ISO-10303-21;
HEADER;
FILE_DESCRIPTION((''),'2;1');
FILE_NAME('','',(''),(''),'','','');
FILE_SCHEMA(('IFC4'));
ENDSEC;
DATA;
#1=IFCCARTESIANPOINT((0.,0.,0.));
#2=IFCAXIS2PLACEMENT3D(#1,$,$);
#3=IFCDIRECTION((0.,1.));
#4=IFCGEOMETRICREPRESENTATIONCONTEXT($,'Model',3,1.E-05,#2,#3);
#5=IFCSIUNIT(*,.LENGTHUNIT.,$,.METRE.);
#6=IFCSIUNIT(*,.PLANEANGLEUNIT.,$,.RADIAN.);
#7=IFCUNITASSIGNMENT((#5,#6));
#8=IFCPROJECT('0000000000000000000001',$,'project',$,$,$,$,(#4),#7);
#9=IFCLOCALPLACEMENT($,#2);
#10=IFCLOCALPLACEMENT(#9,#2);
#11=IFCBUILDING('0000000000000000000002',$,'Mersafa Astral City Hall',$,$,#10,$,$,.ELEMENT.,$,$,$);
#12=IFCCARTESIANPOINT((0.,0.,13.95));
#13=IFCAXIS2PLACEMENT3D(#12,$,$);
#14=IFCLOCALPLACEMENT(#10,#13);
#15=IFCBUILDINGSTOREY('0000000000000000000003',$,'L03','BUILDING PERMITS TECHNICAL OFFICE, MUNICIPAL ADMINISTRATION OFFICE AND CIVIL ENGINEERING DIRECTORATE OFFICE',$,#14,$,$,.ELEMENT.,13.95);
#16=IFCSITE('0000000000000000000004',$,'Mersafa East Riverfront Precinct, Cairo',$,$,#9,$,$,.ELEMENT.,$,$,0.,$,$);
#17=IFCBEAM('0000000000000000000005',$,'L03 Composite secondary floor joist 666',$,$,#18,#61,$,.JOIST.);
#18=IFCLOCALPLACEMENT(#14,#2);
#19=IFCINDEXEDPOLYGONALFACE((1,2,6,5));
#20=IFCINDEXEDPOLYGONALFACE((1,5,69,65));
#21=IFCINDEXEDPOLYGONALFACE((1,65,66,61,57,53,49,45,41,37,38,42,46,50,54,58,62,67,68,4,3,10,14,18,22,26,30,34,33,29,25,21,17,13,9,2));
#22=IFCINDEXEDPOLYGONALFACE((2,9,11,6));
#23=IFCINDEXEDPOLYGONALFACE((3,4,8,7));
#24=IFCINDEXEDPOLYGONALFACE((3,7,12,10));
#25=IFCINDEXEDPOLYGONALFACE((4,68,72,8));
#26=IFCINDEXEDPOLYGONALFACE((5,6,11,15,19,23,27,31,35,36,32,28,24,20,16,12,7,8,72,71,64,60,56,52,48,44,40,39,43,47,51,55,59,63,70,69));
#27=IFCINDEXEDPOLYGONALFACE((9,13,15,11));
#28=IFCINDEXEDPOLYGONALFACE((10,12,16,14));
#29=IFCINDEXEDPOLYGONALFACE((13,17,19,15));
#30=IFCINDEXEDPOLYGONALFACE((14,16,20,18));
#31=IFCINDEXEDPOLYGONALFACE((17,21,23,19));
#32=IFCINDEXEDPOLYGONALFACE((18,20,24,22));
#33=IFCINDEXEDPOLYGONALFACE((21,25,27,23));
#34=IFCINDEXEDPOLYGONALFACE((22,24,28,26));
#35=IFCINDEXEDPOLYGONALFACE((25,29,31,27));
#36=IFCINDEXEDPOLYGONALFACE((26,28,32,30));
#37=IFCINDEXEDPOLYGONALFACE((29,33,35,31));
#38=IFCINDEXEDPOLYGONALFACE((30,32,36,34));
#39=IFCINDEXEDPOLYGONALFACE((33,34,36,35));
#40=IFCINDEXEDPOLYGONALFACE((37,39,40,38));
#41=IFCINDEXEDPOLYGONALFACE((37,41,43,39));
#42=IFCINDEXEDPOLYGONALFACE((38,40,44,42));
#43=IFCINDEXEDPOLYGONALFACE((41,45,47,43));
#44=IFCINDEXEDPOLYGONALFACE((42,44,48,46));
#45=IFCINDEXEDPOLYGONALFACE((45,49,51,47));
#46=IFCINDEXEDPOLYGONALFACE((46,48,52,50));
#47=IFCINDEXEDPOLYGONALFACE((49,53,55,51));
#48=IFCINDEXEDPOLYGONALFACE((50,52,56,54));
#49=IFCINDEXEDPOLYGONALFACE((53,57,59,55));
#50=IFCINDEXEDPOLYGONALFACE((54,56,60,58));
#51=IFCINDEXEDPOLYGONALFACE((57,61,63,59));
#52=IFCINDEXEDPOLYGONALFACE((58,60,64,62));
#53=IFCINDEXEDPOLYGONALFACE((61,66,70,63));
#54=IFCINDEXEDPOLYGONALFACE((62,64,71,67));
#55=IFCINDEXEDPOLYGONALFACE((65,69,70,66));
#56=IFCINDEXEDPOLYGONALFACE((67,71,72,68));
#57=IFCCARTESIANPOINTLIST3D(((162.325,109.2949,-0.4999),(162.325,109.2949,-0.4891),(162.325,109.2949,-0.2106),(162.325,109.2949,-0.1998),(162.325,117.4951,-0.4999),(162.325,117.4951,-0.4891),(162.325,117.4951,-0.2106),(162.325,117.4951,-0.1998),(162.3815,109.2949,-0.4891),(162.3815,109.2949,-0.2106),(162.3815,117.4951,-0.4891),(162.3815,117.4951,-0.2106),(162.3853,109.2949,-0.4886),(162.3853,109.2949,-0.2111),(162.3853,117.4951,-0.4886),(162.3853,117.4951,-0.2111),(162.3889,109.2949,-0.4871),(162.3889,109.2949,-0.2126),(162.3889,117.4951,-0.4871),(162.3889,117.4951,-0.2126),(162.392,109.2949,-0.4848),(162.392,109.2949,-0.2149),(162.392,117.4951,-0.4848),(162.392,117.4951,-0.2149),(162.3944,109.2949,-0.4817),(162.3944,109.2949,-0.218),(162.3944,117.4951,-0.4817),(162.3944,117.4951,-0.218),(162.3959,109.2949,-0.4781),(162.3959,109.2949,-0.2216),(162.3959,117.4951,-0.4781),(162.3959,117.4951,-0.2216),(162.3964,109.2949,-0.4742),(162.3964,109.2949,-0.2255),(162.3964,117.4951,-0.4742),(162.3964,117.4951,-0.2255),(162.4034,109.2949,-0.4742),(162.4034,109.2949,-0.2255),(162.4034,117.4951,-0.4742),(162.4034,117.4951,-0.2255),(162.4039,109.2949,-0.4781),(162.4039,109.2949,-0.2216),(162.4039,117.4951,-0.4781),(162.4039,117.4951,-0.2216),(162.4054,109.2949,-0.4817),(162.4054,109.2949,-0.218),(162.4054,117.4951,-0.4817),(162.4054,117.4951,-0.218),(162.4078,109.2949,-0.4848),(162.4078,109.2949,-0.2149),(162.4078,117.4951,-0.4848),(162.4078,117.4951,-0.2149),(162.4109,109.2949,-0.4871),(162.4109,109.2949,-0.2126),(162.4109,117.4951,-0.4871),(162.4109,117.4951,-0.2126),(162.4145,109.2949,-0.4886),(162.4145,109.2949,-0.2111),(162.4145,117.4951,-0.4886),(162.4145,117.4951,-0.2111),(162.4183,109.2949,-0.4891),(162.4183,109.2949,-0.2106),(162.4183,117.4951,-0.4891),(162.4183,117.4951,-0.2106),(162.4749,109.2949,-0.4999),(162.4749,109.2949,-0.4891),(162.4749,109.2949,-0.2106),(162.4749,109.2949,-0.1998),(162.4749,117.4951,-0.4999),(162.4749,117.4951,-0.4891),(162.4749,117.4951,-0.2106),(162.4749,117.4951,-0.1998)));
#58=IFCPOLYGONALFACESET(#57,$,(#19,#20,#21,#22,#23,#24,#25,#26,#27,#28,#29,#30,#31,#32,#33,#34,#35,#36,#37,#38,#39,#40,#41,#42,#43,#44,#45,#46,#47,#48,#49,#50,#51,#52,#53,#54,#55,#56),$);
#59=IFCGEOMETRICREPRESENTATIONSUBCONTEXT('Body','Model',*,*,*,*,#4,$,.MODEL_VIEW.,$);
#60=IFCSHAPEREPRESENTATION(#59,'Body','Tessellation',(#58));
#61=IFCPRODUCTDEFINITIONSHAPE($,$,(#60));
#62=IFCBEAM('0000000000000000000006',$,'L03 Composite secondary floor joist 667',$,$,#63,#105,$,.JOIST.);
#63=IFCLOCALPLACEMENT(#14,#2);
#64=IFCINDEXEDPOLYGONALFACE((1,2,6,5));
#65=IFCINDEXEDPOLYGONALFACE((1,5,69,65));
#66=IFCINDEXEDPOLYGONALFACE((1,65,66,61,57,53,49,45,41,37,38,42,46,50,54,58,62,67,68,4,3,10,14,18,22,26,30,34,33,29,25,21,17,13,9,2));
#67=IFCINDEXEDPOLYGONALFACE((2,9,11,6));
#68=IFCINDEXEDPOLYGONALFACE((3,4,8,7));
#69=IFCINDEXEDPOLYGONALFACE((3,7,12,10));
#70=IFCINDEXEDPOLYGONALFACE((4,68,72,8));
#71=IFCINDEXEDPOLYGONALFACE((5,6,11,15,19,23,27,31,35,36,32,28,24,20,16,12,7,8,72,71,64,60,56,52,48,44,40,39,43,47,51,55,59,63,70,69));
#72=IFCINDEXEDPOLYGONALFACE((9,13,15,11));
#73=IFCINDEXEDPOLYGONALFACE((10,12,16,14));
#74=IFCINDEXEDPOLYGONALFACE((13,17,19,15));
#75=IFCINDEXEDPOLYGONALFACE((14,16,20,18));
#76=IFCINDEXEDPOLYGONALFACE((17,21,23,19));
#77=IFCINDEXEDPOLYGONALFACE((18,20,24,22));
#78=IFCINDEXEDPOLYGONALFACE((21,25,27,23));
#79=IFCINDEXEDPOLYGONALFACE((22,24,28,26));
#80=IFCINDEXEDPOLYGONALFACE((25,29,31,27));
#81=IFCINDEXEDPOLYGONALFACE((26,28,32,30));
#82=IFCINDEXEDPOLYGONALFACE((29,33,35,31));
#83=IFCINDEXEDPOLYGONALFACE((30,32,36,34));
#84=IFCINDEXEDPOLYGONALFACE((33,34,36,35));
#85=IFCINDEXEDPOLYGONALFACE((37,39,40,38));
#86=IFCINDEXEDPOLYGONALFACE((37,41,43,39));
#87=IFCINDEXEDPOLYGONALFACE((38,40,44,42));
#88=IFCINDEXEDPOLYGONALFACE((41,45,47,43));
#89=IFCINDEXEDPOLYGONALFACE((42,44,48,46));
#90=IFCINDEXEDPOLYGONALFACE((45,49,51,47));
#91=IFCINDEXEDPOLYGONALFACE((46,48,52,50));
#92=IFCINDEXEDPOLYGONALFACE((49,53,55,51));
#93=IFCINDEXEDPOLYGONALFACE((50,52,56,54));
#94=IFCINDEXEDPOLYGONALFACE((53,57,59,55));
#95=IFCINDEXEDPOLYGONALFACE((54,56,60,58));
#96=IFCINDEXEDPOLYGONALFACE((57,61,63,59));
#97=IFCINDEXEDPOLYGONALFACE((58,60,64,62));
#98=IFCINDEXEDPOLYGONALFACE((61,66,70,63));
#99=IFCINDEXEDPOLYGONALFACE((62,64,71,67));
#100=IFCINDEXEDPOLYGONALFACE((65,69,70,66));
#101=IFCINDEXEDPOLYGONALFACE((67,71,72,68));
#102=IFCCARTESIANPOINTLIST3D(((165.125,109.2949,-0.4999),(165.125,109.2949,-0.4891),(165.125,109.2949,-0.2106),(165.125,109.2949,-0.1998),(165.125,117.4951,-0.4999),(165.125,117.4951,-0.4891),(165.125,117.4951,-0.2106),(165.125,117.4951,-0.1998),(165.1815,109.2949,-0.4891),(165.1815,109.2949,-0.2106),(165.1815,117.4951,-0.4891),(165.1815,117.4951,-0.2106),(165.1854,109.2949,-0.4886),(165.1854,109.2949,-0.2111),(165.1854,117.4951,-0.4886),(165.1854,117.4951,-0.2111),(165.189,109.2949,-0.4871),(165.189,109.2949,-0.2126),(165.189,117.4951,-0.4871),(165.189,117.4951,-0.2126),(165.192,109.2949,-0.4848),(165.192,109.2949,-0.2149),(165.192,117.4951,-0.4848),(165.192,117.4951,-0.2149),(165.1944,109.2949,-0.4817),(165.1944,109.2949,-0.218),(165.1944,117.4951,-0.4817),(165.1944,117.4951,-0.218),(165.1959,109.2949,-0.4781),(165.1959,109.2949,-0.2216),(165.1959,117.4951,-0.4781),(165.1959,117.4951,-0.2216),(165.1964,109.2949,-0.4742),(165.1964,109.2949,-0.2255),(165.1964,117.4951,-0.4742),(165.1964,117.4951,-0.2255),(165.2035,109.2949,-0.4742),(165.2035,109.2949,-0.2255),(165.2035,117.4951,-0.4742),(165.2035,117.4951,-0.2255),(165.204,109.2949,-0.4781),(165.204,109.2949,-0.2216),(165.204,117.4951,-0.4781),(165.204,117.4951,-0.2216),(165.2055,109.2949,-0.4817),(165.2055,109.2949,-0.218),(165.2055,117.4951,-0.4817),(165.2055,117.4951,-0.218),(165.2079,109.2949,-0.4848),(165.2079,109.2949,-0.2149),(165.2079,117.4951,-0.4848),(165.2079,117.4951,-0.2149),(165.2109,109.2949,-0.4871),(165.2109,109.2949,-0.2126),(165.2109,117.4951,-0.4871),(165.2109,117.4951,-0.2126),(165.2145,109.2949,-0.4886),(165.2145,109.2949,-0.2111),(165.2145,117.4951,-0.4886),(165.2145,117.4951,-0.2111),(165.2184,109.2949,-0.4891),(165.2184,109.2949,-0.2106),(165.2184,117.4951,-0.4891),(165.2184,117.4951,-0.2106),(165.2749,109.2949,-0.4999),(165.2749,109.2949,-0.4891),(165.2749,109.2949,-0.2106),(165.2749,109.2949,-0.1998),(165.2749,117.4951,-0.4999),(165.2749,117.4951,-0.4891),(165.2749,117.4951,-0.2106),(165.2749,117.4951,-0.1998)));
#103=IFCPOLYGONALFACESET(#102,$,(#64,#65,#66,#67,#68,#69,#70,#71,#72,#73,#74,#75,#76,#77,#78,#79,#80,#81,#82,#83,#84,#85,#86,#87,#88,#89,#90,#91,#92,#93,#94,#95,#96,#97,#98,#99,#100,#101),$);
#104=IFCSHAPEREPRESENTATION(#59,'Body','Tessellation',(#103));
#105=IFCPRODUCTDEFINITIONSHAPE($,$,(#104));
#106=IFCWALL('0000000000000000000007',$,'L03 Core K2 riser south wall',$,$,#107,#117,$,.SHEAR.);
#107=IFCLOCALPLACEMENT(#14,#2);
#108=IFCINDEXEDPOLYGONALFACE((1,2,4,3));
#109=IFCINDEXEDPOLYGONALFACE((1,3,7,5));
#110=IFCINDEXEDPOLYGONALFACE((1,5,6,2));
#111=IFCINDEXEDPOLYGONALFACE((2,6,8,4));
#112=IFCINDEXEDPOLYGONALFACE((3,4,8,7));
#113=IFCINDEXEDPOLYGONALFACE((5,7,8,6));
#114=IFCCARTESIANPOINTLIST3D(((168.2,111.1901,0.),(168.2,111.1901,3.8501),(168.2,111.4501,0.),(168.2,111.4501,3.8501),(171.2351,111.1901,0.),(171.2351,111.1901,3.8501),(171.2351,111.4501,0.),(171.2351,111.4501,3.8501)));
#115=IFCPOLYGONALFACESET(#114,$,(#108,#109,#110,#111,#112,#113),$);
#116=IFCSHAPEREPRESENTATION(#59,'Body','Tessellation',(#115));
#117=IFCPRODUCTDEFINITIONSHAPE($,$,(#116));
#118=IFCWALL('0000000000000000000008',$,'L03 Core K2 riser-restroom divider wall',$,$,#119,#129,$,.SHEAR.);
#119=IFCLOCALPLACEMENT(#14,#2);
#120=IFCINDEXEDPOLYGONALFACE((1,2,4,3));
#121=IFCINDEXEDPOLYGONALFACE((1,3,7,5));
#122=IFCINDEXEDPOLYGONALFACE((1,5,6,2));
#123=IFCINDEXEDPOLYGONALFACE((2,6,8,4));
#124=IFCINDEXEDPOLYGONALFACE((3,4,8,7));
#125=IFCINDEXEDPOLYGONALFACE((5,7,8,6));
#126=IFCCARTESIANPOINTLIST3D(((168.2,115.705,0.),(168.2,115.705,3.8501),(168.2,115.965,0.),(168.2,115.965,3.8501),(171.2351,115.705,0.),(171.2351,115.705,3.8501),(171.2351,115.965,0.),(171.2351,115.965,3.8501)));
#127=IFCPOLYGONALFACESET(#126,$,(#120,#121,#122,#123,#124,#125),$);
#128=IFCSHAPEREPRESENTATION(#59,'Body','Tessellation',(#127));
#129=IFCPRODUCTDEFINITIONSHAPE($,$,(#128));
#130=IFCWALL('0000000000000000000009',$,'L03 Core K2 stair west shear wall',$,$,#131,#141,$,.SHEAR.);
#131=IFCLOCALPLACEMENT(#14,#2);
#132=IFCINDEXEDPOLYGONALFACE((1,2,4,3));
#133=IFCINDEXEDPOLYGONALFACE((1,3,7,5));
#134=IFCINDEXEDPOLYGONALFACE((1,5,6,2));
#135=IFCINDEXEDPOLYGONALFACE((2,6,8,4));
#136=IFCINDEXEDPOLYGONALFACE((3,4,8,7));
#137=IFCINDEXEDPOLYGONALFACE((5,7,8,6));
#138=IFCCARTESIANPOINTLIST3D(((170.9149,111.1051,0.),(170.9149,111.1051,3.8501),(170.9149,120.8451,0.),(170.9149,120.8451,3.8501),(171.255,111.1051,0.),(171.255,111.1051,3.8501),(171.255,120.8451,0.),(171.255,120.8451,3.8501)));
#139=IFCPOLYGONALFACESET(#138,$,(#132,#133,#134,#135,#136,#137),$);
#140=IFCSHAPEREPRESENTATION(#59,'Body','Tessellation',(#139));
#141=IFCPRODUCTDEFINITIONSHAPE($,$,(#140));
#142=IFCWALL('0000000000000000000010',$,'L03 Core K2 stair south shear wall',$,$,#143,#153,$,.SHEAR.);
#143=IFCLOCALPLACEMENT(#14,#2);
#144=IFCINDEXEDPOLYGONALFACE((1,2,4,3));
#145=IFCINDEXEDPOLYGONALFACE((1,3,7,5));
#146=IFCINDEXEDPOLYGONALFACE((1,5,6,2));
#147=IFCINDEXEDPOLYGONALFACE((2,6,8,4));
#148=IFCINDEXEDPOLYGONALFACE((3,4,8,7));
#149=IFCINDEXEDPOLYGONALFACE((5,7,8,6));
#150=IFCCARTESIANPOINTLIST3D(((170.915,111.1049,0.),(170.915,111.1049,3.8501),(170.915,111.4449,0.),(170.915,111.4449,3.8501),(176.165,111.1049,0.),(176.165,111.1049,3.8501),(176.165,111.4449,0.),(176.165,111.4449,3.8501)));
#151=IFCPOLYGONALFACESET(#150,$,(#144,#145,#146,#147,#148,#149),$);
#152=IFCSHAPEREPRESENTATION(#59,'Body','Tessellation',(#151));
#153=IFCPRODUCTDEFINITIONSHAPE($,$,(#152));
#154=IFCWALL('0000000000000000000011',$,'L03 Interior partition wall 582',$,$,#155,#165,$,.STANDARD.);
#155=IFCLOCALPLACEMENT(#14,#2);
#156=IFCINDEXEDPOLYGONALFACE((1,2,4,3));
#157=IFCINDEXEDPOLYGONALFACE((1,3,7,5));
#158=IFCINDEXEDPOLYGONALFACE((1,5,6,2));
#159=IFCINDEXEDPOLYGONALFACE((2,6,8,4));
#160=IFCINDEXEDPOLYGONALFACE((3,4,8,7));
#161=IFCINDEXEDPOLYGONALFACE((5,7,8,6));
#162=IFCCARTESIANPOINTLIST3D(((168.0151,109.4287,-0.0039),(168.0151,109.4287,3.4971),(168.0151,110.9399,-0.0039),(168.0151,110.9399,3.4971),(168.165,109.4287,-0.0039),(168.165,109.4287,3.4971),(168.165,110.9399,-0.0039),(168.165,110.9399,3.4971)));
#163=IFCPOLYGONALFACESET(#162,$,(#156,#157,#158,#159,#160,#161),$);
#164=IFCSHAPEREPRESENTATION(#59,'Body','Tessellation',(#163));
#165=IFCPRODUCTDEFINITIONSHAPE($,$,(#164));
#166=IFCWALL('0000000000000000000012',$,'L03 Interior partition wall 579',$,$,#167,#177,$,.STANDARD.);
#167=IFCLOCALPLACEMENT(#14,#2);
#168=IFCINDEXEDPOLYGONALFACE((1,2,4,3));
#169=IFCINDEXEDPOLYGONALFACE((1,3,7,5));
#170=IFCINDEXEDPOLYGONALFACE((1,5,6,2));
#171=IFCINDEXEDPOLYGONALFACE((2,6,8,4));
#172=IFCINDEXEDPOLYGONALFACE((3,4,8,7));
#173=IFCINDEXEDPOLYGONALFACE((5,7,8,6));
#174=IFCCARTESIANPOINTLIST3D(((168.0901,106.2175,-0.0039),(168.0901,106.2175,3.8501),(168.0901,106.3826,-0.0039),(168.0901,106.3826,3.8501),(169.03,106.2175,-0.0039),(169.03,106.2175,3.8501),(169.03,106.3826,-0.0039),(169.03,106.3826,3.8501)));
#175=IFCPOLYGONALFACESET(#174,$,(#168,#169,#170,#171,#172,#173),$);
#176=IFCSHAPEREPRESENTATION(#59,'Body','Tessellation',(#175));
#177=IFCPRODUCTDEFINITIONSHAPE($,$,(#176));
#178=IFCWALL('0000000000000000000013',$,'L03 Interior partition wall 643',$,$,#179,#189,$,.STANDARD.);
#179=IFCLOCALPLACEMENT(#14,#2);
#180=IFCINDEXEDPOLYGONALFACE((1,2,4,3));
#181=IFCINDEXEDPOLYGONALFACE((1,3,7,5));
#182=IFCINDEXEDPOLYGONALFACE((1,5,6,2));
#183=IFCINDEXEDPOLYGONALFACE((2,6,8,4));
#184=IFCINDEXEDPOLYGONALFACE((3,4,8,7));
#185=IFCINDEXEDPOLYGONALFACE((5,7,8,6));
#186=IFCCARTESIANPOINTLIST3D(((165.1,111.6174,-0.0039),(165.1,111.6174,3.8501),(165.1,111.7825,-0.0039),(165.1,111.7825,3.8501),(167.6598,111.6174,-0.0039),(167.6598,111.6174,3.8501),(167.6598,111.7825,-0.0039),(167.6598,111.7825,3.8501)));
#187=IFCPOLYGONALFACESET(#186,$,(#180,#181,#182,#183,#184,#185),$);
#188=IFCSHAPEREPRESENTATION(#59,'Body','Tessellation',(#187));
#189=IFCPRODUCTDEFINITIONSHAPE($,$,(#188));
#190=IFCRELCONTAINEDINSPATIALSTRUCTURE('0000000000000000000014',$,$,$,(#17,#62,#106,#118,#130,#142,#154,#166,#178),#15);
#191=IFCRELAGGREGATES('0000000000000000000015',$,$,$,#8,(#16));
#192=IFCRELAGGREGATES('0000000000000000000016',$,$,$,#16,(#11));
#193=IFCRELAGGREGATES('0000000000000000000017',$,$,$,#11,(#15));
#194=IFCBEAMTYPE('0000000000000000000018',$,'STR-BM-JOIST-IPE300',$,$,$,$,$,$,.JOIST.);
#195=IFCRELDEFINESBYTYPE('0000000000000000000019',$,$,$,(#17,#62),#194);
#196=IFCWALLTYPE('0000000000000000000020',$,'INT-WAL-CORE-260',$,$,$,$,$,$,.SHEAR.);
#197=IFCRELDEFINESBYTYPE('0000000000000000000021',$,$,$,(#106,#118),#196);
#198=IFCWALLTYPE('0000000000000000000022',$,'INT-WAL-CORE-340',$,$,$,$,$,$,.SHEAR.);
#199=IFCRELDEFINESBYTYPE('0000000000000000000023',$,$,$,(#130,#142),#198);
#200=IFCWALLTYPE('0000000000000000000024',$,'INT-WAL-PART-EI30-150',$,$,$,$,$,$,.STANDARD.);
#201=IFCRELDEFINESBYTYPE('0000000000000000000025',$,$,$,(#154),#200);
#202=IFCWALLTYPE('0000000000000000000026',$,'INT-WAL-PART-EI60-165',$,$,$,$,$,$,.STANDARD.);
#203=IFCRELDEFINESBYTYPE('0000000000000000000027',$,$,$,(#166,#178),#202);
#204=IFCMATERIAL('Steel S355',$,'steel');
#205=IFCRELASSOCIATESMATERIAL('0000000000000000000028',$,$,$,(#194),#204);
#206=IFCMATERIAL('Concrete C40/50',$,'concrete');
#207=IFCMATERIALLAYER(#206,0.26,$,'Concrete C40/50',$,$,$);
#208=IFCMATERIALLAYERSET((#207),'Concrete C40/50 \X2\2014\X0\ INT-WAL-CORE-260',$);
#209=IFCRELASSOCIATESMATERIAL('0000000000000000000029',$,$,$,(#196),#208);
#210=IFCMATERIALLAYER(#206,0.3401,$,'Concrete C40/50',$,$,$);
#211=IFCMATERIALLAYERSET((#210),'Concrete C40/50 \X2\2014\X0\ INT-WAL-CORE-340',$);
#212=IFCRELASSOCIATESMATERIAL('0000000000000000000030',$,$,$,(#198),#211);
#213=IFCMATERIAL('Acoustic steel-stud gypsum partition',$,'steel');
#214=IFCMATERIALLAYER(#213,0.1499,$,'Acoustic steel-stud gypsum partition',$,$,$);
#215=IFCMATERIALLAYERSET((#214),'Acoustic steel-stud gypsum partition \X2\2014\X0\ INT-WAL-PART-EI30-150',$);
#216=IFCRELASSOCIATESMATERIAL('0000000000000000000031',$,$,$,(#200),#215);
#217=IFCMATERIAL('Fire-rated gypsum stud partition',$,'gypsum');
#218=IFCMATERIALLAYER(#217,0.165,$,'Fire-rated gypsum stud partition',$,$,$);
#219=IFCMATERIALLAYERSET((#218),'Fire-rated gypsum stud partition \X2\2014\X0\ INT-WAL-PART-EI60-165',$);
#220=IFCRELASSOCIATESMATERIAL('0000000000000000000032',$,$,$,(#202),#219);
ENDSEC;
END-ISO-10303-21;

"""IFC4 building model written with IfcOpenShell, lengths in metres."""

from ifc_helpers import new_model, si_unit, direction, frame, frame_2d, origin, origin_2d, place, context, subcontext, project, spatial, rectangle, i_section, extrude, material, layer, layer_set, material_profile, profile_set, type_object, element, save


model = new_model("IFC4")

# Units and contexts
model_context = context("Model", 3, precision=1e-05, world=origin(), true_north=direction((0.0, 1.0)))
body_context = subcontext(model_context, "Body", "Model", "MODEL_VIEW")
ifc_project = project(units=[si_unit("LENGTHUNIT", "METRE"), si_unit("PLANEANGLEUNIT", "RADIAN")], contexts=[model_context])

# Site, building, storey
site_placement = place(None, origin())
site = spatial("IfcSite", under=ifc_project, at=site_placement, Name="Mersafa East Riverfront Precinct, Cairo", CompositionType="ELEMENT", RefElevation=0.0)
building_placement = place(site_placement, origin())
building = spatial("IfcBuilding", under=site, at=building_placement, Name="Mersafa Astral City Hall", CompositionType="ELEMENT")
storey_placement = place(building_placement, frame((0.0, 0.0, 13.95)))
storey = spatial("IfcBuildingStorey", under=building, at=storey_placement, Name="L03", Description="BUILDING PERMITS TECHNICAL OFFICE, MUNICIPAL ADMINISTRATION OFFICE AND CIVIL ENGINEERING DIRECTORATE OFFICE", CompositionType="ELEMENT", Elevation=13.95)

# Shared definitions
ifc_material_1 = material(Name="Steel S355", Category="steel")

# Beams
ifc_material_profile_1 = material_profile(ifc_material_1, i_section(OverallWidth=0.1499, OverallDepth=0.3, WebThickness=0.0071, FlangeThickness=0.0107, FilletRadius=0.0149, at=origin_2d()), Name="IPE 300")
ifc_profile_set_1 = profile_set([ifc_material_profile_1], Name="Steel S355")
beam_type_1 = type_object("IfcBeamType", Name="STR-BM-JOIST-IPE300", PredefinedType="JOIST", material=ifc_profile_set_1)
for number, where, z_axis, x_axis, name in (
    (1, (162.3999, 109.2949, -0.3499), (0.0, 1.0, 0.0), (-1.0, 0.0, 0.0), "L03 Composite secondary floor joist 666"),
    (2, (165.2, 109.2949, -0.3499), (0.0, 1.0, 0.0), (-1.0, 0.0, 0.0), "L03 Composite secondary floor joist 667"),
):
    element("IfcBeam", number, at=place(storey_placement, frame(where, z_axis=z_axis, x_axis=x_axis)), inside=storey, type_object=beam_type_1, Name=name, PredefinedType="JOIST", context=body_context, shape_type="SweptSolid", body=[
        extrude(i_section(OverallWidth=0.1499, OverallDepth=0.3, WebThickness=0.0071, FlangeThickness=0.0107, FilletRadius=0.0149, at=origin_2d()), origin(), (0.0, 0.0, 1.0), 8.2002),
    ])

# Walls
ifc_material_2 = material(Name="Concrete C40/50", Category="concrete")
ifc_layer_1 = layer(ifc_material_2, 0.26, Name="Concrete C40/50")
ifc_layer_set_1 = layer_set([ifc_layer_1], Name="Concrete C40/50 — INT-WAL-CORE-260")
wall_type_1 = type_object("IfcWallType", Name="INT-WAL-CORE-260", PredefinedType="SHEAR", material=ifc_layer_set_1)
for number, where, z_axis, x_axis, name in (
    (3, (168.2, 111.3201, 0.0), (0.0, 0.0, 1.0), (1.0, 0.0, 0.0), "L03 Core K2 riser south wall"),
    (4, (168.2, 115.835, 0.0), (0.0, 0.0, 1.0), (1.0, 0.0, 0.0), "L03 Core K2 riser-restroom divider wall"),
):
    element("IfcWall", number, at=place(storey_placement, frame(where, z_axis=z_axis, x_axis=x_axis)), inside=storey, type_object=wall_type_1, Name=name, PredefinedType="SHEAR", context=body_context, shape_type="SweptSolid", body=[
        extrude(rectangle(XDim=3.0352, YDim=0.26, at=frame_2d((1.5176, 0.0))), origin(), (0.0, 0.0, 1.0), 3.8501),
    ])
ifc_layer_2 = layer(ifc_material_2, 0.3401, Name="Concrete C40/50")
ifc_layer_set_2 = layer_set([ifc_layer_2], Name="Concrete C40/50 — INT-WAL-CORE-340")
wall_type_2 = type_object("IfcWallType", Name="INT-WAL-CORE-340", PredefinedType="SHEAR", material=ifc_layer_set_2)
wall_1_placement = place(storey_placement, frame((171.085, 111.105, 0.0), z_axis=(0.0, 0.0, 1.0), x_axis=(0.0, 1.0, 0.0)))
element("IfcWall", 5, at=wall_1_placement, inside=storey, type_object=wall_type_2, Name="L03 Core K2 stair west shear wall", PredefinedType="SHEAR", context=body_context, shape_type="SweptSolid", body=[
    extrude(rectangle(XDim=9.74, YDim=0.3401, at=frame_2d((4.8701, 0.0))), origin(), (0.0, 0.0, 1.0), 3.8501),
])
wall_2_placement = place(storey_placement, frame((170.915, 111.2749, 0.0), z_axis=(0.0, 0.0, 1.0), x_axis=(1.0, 0.0, 0.0)))
element("IfcWall", 6, at=wall_2_placement, inside=storey, type_object=wall_type_2, Name="L03 Core K2 stair south shear wall", PredefinedType="SHEAR", context=body_context, shape_type="SweptSolid", body=[
    extrude(rectangle(XDim=5.25, YDim=0.3401, at=frame_2d((2.625, 0.0))), origin(), (0.0, 0.0, 1.0), 3.8501),
])
ifc_material_3 = material(Name="Acoustic steel-stud gypsum partition", Category="steel")
ifc_layer_3 = layer(ifc_material_3, 0.1499, Name="Acoustic steel-stud gypsum partition")
ifc_layer_set_3 = layer_set([ifc_layer_3], Name="Acoustic steel-stud gypsum partition — INT-WAL-PART-EI30-150")
wall_type_3 = type_object("IfcWallType", Name="INT-WAL-PART-EI30-150", PredefinedType="STANDARD", material=ifc_layer_set_3)
wall_3_placement = place(storey_placement, frame((168.0901, 109.4287, -0.0039), z_axis=(0.0, 0.0, 1.0), x_axis=(0.0, 1.0, 0.0)))
element("IfcWall", 7, at=wall_3_placement, inside=storey, type_object=wall_type_3, Name="L03 Interior partition wall 582", PredefinedType="STANDARD", context=body_context, shape_type="SweptSolid", body=[
    extrude(rectangle(XDim=1.5112, YDim=0.1499, at=frame_2d((0.7556, 0.0))), origin(), (0.0, 0.0, 1.0), 3.501),
])
ifc_material_4 = material(Name="Fire-rated gypsum stud partition", Category="gypsum")
ifc_layer_4 = layer(ifc_material_4, 0.165, Name="Fire-rated gypsum stud partition")
ifc_layer_set_4 = layer_set([ifc_layer_4], Name="Fire-rated gypsum stud partition — INT-WAL-PART-EI60-165")
wall_type_4 = type_object("IfcWallType", Name="INT-WAL-PART-EI60-165", PredefinedType="STANDARD", material=ifc_layer_set_4)
wall_4_placement = place(storey_placement, frame((168.0901, 106.3, -0.0039), z_axis=(0.0, 0.0, 1.0), x_axis=(1.0, 0.0, 0.0)))
element("IfcWall", 8, at=wall_4_placement, inside=storey, type_object=wall_type_4, Name="L03 Interior partition wall 579", PredefinedType="STANDARD", context=body_context, shape_type="SweptSolid", body=[
    extrude(rectangle(XDim=0.9399, YDim=0.165, at=frame_2d((0.47, 0.0))), origin(), (0.0, 0.0, 1.0), 3.854),
])
wall_5_placement = place(storey_placement, frame((165.1001, 111.7, -0.0039), z_axis=(0.0, 0.0, 1.0), x_axis=(1.0, 0.0, 0.0)))
element("IfcWall", 9, at=wall_5_placement, inside=storey, type_object=wall_type_4, Name="L03 Interior partition wall 643", PredefinedType="STANDARD", context=body_context, shape_type="SweptSolid", body=[
    extrude(rectangle(XDim=2.5598, YDim=0.165, at=frame_2d((1.2798, 0.0))), origin(), (0.0, 0.0, 1.0), 3.854),
])

save(model, "model.ifc")
